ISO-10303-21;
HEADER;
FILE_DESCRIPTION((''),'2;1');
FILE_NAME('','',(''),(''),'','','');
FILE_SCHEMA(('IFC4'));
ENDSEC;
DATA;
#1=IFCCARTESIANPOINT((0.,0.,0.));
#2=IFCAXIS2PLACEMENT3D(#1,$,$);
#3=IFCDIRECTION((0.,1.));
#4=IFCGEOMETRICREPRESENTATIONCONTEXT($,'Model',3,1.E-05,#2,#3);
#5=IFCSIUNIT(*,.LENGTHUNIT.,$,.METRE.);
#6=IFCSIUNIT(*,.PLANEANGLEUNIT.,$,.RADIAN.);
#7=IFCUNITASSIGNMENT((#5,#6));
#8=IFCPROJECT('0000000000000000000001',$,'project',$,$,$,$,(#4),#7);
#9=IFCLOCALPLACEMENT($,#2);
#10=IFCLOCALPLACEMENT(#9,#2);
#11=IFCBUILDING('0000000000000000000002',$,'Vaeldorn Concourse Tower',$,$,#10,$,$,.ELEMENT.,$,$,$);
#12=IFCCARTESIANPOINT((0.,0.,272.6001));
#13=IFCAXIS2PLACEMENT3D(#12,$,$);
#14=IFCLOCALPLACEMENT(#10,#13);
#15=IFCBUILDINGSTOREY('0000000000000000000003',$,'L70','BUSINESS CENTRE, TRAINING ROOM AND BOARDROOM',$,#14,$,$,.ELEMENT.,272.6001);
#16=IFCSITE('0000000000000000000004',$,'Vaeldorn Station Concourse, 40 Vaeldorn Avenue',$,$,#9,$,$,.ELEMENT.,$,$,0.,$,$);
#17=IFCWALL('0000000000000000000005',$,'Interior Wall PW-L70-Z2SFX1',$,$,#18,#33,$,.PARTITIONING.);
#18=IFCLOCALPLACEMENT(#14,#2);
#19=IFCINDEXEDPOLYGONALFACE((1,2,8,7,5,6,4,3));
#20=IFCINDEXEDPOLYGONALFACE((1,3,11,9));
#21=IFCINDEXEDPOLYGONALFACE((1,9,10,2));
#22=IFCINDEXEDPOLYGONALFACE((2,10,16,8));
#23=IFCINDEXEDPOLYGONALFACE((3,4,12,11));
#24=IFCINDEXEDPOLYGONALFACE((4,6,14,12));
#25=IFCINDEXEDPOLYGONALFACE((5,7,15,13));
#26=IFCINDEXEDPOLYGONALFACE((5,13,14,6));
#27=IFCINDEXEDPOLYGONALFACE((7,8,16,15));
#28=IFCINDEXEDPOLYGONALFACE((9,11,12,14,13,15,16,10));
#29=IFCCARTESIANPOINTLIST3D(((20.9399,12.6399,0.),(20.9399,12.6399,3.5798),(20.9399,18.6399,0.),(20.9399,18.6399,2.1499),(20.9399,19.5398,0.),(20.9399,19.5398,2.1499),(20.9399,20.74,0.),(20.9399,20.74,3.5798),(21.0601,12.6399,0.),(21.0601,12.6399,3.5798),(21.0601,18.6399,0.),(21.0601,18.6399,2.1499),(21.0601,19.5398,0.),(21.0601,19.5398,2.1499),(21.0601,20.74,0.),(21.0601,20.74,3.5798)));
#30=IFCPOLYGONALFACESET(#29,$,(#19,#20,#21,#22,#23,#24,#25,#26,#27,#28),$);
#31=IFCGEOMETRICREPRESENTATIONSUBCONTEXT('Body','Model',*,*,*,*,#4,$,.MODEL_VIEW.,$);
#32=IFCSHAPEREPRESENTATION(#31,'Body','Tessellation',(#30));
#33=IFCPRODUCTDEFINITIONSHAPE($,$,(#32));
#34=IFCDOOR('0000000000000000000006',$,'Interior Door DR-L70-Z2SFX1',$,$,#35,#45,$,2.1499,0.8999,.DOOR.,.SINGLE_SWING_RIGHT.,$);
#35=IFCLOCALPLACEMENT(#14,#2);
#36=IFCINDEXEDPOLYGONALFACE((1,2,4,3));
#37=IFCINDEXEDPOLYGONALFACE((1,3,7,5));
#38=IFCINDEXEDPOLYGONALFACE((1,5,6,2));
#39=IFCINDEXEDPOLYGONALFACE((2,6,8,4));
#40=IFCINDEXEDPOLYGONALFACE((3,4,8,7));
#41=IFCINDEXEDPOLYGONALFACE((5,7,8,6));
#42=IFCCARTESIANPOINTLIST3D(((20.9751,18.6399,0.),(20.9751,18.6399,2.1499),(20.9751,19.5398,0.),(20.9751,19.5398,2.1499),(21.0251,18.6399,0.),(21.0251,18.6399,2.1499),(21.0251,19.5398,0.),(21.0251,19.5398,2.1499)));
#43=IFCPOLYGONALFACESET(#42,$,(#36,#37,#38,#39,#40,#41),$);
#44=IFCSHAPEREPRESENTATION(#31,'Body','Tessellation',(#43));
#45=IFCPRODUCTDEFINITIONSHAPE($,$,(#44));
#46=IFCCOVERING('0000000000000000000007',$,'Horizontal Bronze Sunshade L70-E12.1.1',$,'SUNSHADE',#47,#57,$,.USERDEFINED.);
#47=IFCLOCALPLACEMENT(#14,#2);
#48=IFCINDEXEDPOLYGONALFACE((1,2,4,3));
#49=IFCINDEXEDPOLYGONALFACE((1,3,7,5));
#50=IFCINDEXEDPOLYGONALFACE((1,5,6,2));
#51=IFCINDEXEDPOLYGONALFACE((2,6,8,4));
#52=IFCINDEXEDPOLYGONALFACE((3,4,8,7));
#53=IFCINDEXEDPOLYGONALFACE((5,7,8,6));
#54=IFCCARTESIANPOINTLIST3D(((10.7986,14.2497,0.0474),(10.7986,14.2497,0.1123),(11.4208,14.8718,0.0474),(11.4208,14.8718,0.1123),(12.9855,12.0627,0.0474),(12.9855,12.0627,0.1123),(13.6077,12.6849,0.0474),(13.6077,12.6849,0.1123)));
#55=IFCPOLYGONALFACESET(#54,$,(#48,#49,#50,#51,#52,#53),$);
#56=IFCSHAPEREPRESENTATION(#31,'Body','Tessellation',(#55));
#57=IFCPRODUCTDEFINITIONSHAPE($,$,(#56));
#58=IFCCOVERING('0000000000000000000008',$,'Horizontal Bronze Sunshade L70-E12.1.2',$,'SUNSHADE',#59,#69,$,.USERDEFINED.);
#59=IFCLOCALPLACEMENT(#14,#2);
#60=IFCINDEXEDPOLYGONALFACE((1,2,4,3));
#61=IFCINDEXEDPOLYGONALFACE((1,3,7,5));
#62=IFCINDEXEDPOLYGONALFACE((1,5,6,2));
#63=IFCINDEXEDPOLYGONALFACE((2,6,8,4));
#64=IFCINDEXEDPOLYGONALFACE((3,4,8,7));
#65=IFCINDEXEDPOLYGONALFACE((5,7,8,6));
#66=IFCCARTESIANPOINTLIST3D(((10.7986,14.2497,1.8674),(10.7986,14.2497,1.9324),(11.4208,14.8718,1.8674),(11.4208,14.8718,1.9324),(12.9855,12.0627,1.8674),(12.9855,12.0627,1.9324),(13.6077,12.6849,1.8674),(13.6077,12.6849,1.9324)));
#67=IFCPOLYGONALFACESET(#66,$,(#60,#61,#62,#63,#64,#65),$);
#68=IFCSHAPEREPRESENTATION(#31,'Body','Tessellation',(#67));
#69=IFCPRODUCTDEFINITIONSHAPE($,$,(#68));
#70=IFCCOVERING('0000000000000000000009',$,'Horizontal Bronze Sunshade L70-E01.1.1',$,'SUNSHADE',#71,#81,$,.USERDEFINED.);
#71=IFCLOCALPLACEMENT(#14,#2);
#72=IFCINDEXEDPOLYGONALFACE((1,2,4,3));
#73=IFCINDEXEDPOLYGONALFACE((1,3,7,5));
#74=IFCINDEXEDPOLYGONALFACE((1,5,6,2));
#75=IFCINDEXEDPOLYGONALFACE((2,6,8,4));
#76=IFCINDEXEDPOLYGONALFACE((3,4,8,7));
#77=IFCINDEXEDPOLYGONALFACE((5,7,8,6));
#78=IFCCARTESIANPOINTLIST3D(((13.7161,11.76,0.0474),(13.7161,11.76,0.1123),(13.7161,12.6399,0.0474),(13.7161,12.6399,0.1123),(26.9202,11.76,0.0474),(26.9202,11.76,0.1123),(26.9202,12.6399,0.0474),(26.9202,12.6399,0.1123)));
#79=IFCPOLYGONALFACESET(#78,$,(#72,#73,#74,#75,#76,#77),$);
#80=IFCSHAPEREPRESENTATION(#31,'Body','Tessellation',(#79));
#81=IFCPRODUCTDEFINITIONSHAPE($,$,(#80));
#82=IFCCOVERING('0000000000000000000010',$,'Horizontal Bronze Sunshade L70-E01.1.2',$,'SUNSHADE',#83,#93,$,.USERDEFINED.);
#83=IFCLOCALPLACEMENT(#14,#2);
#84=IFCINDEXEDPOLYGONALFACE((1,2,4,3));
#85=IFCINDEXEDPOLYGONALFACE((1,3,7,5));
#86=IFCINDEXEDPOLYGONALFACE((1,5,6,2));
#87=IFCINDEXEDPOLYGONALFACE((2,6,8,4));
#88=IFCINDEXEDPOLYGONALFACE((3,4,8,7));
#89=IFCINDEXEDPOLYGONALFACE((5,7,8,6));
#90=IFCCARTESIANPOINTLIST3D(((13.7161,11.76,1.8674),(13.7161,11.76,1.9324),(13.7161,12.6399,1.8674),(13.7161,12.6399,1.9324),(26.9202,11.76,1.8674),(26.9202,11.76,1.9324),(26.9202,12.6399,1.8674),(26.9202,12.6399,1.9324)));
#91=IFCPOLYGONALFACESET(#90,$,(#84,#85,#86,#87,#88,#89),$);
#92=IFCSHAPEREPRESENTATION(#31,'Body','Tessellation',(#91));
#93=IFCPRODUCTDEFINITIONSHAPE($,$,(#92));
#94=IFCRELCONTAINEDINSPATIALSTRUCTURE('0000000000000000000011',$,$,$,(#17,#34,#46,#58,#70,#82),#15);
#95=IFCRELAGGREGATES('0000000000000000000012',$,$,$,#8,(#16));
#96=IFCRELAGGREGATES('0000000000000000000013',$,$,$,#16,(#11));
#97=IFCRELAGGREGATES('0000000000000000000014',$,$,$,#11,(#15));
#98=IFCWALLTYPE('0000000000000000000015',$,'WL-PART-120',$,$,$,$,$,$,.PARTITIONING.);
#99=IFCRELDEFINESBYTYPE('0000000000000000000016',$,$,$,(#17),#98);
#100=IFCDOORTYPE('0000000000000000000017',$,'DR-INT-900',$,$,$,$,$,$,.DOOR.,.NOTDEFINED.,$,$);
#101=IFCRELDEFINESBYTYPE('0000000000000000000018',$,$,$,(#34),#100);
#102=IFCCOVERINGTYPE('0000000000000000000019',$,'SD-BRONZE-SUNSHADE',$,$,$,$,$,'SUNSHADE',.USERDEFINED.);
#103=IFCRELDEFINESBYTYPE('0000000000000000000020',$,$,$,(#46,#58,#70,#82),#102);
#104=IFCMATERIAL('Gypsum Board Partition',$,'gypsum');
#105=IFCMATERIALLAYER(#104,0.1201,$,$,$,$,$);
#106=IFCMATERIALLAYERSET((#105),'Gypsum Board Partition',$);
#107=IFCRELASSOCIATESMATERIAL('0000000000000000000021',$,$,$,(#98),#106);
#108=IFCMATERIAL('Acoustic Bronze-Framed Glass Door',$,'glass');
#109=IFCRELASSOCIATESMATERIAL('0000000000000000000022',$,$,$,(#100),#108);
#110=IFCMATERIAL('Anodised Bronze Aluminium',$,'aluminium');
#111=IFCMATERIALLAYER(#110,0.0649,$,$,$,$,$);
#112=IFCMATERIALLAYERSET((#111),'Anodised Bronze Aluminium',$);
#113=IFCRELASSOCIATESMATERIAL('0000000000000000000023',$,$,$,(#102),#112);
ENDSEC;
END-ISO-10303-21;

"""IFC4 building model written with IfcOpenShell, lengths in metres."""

from ifc_helpers import new_model, si_unit, direction, frame, frame_2d, origin, origin_2d, place, context, subcontext, project, spatial, rectangle, extrude, source, transform, mapped, material, layer, layer_set, type_object, element, fill, save


model = new_model("IFC4")

# Units and contexts
model_context = context("Model", 3, precision=1e-05, world=origin(), true_north=direction((0.0, 1.0)))
body_context = subcontext(model_context, "Body", "Model", "MODEL_VIEW")
ifc_project = project(units=[si_unit("LENGTHUNIT", "METRE"), si_unit("PLANEANGLEUNIT", "RADIAN")], contexts=[model_context])

# Site, building, storey
site_placement = place(None, origin())
site = spatial("IfcSite", under=ifc_project, at=site_placement, Name="Vaeldorn Station Concourse, 40 Vaeldorn Avenue", CompositionType="ELEMENT", RefElevation=0.0)
building_placement = place(site_placement, origin())
building = spatial("IfcBuilding", under=site, at=building_placement, Name="Vaeldorn Concourse Tower", CompositionType="ELEMENT")
storey_placement = place(building_placement, frame((0.0, 0.0, 272.6001)))
storey = spatial("IfcBuildingStorey", under=building, at=storey_placement, Name="L70", Description="BUSINESS CENTRE, TRAINING ROOM AND BOARDROOM", CompositionType="ELEMENT", Elevation=272.6001)

# Shared definitions
ifc_material_1 = material(Name="Anodised Bronze Aluminium", Category="aluminium")

# Wall, opening, door
ifc_material_2 = material(Name="Gypsum Board Partition", Category="gypsum")
ifc_layer_1 = layer(ifc_material_2, 0.1201)
ifc_layer_set_1 = layer_set([ifc_layer_1], Name="Gypsum Board Partition")
wall_type = type_object("IfcWallType", Name="WL-PART-120", PredefinedType="PARTITIONING", material=ifc_layer_set_1)
wall_placement = place(storey_placement, frame((21.0, 12.6399, 0.0), z_axis=(0.0, 0.0, 1.0), x_axis=(0.0, 1.0, 0.0)))
wall = element("IfcWall", 1, at=wall_placement, inside=storey, type_object=wall_type, Name="Interior Wall PW-L70-Z2SFX1", PredefinedType="PARTITIONING", context=body_context, shape_type="SweptSolid", body=[
    extrude(rectangle(XDim=8.1001, YDim=0.1201, at=frame_2d((4.05, 0.0))), origin(), (0.0, 0.0, 1.0), 3.5798),
])
opening_placement = place(wall_placement, frame((6.0, 0.0, 0.0)))
opening = element("IfcOpeningElement", 2, at=opening_placement, cuts=wall, PredefinedType="OPENING", context=body_context, shape_type="SweptSolid", body=[
    extrude(rectangle(XDim=0.8999, YDim=2.1499, at=frame_2d((0.45, 1.075))), frame((0.0, 0.0701, 0.0), z_axis=(0.0, -1.0, 0.0), x_axis=(1.0, 0.0, 0.0)), (0.0, 0.0, 1.0), 0.1401),
])
ifc_material_3 = material(Name="Acoustic Bronze-Framed Glass Door", Category="glass")
door_type = type_object("IfcDoorType", Name="DR-INT-900", OperationType="NOTDEFINED", PredefinedType="DOOR", material=ifc_material_3)
shared_shape_1 = source(origin(), body_context, "Body", "SweptSolid", [
    extrude(rectangle(XDim=0.8999, YDim=2.1499, at=frame_2d((0.45, 1.075))), frame((0.0, 0.0249, 0.0), z_axis=(0.0, -1.0, 0.0), x_axis=(1.0, 0.0, 0.0)), (0.0, 0.0, 1.0), 0.05),
])
door_placement = place(opening_placement, origin())
door = element("IfcDoor", 3, at=door_placement, inside=storey, type_object=door_type, Name="Interior Door DR-L70-Z2SFX1", OperationType="SINGLE_SWING_RIGHT", OverallHeight=2.1499, OverallWidth=0.8999, PredefinedType="DOOR", context=body_context, shape_type="MappedRepresentation", body=[
    mapped(shared_shape_1, transform((0.0, 0.0, 0.0), scale=1.0)),
])
fill(opening, door)

# Coverings
ifc_layer_2 = layer(ifc_material_1, 0.0649)
ifc_layer_set_2 = layer_set([ifc_layer_2], Name="Anodised Bronze Aluminium")
covering_type = type_object("IfcCoveringType", Name="SD-BRONZE-SUNSHADE", ElementType="SUNSHADE", PredefinedType="USERDEFINED", material=ifc_layer_set_2)
shared_shape_2 = source(origin(), body_context, "Body", "SweptSolid", [
    extrude(rectangle(XDim=3.0928, YDim=0.8799, at=origin_2d()), origin(), (0.0, 0.0, 1.0), 0.0649),
])
for number, where, z_axis, x_axis, name in (
    (4, (12.2031, 13.4673, 0.0474), (0.0, 0.0, 1.0), (0.707107, -0.707107, 0.0), "Horizontal Bronze Sunshade L70-E12.1.1"),
    (5, (12.2031, 13.4673, 1.8674), (0.0, 0.0, 1.0), (0.707107, -0.707107, 0.0), "Horizontal Bronze Sunshade L70-E12.1.2"),
):
    element("IfcCovering", number, at=place(storey_placement, frame(where, z_axis=z_axis, x_axis=x_axis)), inside=storey, type_object=covering_type, Name=name, ObjectType="SUNSHADE", PredefinedType="USERDEFINED", context=body_context, shape_type="MappedRepresentation", body=[
        mapped(shared_shape_2, transform((0.0, 0.0, 0.0), scale=1.0)),
    ])
shared_shape_3 = source(origin(), body_context, "Body", "SweptSolid", [
    extrude(rectangle(XDim=13.2041, YDim=0.8799, at=origin_2d()), origin(), (0.0, 0.0, 1.0), 0.0649),
])
for number, where, z_axis, x_axis, name in (
    (6, (20.3181, 12.2, 0.0474), (0.0, 0.0, 1.0), (1.0, 0.0, 0.0), "Horizontal Bronze Sunshade L70-E01.1.1"),
    (7, (20.3181, 12.2, 1.8674), (0.0, 0.0, 1.0), (1.0, 0.0, 0.0), "Horizontal Bronze Sunshade L70-E01.1.2"),
):
    element("IfcCovering", number, at=place(storey_placement, frame(where, z_axis=z_axis, x_axis=x_axis)), inside=storey, type_object=covering_type, Name=name, ObjectType="SUNSHADE", PredefinedType="USERDEFINED", context=body_context, shape_type="MappedRepresentation", body=[
        mapped(shared_shape_3, transform((0.0, 0.0, 0.0), scale=1.0)),
    ])

save(model, "model.ifc")
